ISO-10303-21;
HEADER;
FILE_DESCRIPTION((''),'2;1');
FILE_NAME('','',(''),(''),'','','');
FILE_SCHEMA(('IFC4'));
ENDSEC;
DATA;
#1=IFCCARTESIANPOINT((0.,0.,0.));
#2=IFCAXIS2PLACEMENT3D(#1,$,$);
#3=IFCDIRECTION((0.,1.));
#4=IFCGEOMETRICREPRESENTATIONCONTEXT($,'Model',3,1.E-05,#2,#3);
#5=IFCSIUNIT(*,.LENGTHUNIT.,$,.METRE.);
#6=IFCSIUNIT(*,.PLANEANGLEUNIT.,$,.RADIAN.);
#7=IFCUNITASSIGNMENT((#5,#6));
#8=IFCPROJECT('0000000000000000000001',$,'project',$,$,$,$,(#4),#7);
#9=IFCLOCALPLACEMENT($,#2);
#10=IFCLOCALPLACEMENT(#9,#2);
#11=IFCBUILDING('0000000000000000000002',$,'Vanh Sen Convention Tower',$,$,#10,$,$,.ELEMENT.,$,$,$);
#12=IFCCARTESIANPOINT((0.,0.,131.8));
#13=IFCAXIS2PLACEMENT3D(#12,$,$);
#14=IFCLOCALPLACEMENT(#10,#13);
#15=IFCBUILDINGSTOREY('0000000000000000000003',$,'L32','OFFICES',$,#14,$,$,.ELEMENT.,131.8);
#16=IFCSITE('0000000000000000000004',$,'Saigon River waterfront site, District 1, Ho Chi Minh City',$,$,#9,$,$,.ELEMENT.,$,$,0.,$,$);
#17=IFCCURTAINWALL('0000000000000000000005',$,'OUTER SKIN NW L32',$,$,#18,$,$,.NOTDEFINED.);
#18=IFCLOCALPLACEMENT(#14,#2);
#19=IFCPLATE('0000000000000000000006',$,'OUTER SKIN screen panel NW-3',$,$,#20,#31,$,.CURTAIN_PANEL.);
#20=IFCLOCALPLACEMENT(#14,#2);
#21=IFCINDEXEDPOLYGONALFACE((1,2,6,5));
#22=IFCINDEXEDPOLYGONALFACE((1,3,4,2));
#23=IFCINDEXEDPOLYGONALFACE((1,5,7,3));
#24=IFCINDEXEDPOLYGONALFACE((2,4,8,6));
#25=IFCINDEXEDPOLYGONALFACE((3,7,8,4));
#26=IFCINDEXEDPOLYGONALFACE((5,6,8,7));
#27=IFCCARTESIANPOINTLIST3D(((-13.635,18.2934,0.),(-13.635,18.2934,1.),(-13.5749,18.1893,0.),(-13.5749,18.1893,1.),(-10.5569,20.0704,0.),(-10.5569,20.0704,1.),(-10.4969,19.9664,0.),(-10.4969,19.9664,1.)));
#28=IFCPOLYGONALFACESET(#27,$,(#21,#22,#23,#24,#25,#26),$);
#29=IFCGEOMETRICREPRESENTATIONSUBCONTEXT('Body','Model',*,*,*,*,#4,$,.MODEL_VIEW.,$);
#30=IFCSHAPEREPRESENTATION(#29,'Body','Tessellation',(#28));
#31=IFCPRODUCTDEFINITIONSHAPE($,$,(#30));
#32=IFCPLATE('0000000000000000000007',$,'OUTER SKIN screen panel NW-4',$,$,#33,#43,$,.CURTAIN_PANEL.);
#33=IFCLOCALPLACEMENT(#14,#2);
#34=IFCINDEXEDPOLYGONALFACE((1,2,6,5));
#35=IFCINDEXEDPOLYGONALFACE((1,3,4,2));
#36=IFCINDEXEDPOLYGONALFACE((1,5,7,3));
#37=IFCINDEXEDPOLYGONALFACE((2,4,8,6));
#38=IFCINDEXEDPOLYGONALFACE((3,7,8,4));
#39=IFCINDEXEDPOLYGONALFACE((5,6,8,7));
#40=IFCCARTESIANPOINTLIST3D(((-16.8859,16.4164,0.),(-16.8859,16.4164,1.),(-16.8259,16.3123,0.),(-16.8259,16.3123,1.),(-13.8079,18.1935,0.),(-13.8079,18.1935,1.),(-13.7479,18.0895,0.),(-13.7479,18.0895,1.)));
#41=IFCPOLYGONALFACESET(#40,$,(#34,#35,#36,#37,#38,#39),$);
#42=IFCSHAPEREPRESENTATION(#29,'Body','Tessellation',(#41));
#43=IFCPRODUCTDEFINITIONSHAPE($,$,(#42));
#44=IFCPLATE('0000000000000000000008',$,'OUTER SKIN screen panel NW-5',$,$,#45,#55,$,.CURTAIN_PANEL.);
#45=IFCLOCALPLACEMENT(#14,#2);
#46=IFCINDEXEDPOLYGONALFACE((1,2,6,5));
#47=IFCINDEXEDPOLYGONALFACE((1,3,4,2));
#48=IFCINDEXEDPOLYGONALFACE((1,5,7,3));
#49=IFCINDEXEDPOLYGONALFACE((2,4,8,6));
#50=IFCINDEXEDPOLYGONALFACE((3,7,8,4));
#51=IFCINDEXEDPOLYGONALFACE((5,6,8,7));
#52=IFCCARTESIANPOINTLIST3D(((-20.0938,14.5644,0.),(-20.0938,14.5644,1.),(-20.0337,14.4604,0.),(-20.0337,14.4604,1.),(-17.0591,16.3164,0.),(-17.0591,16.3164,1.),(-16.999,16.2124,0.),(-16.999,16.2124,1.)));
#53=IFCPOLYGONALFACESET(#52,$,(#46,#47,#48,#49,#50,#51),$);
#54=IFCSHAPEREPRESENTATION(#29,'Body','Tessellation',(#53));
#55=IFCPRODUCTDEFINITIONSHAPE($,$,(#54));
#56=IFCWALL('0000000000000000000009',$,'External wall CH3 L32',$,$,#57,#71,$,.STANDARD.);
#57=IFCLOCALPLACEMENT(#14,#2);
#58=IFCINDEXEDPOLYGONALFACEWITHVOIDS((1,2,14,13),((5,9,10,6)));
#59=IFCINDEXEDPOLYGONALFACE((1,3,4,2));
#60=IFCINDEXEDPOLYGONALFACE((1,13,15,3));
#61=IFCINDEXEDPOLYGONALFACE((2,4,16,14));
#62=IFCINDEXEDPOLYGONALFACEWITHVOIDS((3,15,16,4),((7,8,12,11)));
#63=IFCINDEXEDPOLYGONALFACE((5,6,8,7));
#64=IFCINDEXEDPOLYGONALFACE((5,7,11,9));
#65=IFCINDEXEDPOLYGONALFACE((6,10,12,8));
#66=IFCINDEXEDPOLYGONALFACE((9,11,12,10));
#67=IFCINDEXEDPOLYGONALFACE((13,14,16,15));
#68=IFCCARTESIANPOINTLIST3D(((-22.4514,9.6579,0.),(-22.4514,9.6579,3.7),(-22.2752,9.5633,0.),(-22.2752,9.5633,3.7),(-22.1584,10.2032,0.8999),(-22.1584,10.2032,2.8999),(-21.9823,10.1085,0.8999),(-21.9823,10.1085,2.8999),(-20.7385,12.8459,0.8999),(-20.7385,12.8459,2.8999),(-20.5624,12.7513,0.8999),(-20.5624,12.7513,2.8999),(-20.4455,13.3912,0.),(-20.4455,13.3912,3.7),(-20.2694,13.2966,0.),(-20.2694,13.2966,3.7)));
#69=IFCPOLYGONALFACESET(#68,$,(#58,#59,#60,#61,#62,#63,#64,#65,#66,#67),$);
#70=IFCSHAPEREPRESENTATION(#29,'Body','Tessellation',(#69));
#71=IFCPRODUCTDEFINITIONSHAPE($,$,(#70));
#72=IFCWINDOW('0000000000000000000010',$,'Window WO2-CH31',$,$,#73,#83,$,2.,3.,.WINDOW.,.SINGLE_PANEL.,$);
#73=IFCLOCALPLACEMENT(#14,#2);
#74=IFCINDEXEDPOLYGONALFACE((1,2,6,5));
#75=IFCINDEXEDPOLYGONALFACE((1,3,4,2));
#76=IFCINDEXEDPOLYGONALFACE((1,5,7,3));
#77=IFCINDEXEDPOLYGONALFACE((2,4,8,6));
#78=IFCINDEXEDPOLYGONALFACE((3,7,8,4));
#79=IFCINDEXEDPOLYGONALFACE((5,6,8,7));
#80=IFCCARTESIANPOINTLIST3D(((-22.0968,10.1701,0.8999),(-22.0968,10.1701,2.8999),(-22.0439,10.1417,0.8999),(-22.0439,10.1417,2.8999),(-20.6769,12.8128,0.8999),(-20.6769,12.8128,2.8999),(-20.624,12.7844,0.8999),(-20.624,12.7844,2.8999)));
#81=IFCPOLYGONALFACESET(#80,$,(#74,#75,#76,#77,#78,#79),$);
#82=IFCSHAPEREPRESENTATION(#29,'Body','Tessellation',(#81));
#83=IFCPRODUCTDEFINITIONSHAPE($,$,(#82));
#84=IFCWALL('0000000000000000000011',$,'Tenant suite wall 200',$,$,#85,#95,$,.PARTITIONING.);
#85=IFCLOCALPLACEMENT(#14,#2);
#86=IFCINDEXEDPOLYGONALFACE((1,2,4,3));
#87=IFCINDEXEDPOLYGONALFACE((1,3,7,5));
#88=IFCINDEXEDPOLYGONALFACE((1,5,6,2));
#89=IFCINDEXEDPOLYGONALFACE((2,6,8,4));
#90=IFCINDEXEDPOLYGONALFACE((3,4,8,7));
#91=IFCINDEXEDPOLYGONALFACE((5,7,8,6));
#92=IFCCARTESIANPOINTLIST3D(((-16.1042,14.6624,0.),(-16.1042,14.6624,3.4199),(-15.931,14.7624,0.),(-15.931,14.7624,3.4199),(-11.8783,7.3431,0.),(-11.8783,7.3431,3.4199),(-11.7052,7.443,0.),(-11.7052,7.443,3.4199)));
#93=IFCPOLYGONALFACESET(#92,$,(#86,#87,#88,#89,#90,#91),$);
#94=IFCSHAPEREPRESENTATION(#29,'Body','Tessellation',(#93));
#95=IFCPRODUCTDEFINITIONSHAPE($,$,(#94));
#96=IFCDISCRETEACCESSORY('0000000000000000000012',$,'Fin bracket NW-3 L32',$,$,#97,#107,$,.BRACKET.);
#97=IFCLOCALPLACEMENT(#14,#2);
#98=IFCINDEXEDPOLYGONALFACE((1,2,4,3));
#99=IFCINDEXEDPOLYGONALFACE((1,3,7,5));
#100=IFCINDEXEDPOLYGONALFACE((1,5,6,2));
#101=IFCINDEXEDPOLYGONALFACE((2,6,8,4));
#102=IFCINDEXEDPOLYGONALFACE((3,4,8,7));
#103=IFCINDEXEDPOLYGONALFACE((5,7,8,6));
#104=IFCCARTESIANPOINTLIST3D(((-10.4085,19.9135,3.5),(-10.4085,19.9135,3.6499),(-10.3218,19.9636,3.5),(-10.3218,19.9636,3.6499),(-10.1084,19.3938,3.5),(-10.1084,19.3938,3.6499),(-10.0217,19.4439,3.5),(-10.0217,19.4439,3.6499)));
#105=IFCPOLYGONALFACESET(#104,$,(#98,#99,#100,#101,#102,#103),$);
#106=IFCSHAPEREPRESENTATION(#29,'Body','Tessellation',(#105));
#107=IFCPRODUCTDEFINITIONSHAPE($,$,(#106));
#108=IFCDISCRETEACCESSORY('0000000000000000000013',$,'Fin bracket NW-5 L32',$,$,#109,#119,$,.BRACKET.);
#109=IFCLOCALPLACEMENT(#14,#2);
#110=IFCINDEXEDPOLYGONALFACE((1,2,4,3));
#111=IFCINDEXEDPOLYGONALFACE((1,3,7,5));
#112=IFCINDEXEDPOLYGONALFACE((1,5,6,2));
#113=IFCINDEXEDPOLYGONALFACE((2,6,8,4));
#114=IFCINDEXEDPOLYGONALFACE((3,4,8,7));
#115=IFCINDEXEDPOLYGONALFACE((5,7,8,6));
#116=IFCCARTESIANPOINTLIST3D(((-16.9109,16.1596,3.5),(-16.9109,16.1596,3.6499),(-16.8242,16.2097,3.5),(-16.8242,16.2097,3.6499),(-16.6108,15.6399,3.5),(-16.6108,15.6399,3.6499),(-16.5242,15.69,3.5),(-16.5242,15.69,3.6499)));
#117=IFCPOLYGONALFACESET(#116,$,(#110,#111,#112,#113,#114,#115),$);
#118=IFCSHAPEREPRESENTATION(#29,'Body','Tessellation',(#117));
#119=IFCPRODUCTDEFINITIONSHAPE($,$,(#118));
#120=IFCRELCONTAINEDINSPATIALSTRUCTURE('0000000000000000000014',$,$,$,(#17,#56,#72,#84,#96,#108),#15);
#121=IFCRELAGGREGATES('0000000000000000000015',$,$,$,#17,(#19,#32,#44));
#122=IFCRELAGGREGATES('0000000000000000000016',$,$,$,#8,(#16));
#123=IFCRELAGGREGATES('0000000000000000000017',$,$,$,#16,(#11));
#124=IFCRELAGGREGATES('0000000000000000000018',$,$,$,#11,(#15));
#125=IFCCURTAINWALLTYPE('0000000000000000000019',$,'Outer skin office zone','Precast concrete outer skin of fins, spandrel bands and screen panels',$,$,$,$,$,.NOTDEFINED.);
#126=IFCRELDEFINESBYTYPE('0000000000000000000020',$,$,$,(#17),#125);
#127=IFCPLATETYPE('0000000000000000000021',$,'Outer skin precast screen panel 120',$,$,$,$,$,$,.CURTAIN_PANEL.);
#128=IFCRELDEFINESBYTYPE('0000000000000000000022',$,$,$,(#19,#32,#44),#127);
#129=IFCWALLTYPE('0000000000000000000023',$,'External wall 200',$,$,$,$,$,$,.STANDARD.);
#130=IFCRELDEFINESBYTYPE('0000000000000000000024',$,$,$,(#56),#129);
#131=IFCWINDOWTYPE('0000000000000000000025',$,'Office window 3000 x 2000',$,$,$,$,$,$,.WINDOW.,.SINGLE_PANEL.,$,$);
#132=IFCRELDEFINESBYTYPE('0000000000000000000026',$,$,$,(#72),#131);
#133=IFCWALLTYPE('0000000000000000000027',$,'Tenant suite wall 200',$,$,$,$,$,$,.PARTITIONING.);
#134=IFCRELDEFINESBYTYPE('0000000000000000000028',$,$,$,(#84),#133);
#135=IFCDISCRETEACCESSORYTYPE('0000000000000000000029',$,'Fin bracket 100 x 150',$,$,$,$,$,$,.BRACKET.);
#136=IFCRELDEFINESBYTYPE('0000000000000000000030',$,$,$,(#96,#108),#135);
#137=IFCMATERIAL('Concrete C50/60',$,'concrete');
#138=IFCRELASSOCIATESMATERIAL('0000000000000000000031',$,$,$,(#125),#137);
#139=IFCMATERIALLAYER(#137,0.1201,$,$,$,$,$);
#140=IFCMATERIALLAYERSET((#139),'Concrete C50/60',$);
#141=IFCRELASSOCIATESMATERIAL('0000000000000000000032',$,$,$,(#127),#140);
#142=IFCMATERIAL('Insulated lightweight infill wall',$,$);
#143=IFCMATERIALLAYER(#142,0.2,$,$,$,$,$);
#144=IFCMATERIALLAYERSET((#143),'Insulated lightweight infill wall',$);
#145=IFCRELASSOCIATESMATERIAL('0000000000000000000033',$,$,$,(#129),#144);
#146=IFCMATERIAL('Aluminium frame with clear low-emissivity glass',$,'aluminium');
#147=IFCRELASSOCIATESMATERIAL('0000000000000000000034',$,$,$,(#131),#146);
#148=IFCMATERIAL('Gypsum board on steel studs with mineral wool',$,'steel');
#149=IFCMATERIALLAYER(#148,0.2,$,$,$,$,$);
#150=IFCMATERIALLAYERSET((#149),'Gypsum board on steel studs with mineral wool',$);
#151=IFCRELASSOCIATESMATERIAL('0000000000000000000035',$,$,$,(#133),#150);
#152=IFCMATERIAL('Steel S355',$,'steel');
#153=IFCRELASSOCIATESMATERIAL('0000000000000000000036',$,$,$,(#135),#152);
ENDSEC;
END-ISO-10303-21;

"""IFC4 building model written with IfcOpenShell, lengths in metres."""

from ifc_helpers import new_model, si_unit, direction, frame, frame_2d, origin, origin_2d, place, context, subcontext, project, spatial, rectangle, extrude, material, layer, layer_set, type_object, element, fill, aggregate, save


model = new_model("IFC4")

# Units and contexts
model_context = context("Model", 3, precision=1e-05, world=origin(), true_north=direction((0.0, 1.0)))
body_context = subcontext(model_context, "Body", "Model", "MODEL_VIEW")
ifc_project = project(units=[si_unit("LENGTHUNIT", "METRE"), si_unit("PLANEANGLEUNIT", "RADIAN")], contexts=[model_context])

# Site, building, storey
site_placement = place(None, origin())
site = spatial("IfcSite", under=ifc_project, at=site_placement, Name="Saigon River waterfront site, District 1, Ho Chi Minh City", CompositionType="ELEMENT", RefElevation=0.0)
building_placement = place(site_placement, origin())
building = spatial("IfcBuilding", under=site, at=building_placement, Name="Vanh Sen Convention Tower", CompositionType="ELEMENT")
storey_placement = place(building_placement, frame((0.0, 0.0, 131.8)))
storey = spatial("IfcBuildingStorey", under=building, at=storey_placement, Name="L32", Description="OFFICES", CompositionType="ELEMENT", Elevation=131.8)

# Curtain wall
ifc_material_1 = material(Name="Concrete C50/60", Category="concrete")
curtain_wall_type = type_object("IfcCurtainWallType", Name="Outer skin office zone", Description="Precast concrete outer skin of fins, spandrel bands and screen panels", PredefinedType="NOTDEFINED", material=ifc_material_1)
curtain_wall_1_placement = place(storey_placement, origin())
curtain_wall_1 = element("IfcCurtainWall", 1, at=curtain_wall_1_placement, inside=storey, type_object=curtain_wall_type, Name="OUTER SKIN NW L32", PredefinedType="NOTDEFINED")

# Plates
ifc_layer_1 = layer(ifc_material_1, 0.1201)
ifc_layer_set_1 = layer_set([ifc_layer_1], Name="Concrete C50/60")
plate_type = type_object("IfcPlateType", Name="Outer skin precast screen panel 120", PredefinedType="CURTAIN_PANEL", material=ifc_layer_set_1)
plate_1_placement = place(storey_placement, frame((-12.0659, 19.1299, 0.0), z_axis=(0.0, 0.0, 1.0), x_axis=(-0.866035, -0.499983, 0.0)))
plate_1 = element("IfcPlate", 2, at=plate_1_placement, type_object=plate_type, Name="OUTER SKIN screen panel NW-3", PredefinedType="CURTAIN_PANEL", context=body_context, shape_type="SweptSolid", body=[
    extrude(rectangle(XDim=3.5542, YDim=0.1201, at=origin_2d()), origin(), (0.0, 0.0, 1.0), 1.0),
])
plate_2_placement = place(storey_placement, frame((-15.3169, 17.2529, 0.0), z_axis=(0.0, 0.0, 1.0), x_axis=(-0.866017, -0.500015, 0.0)))
plate_2 = element("IfcPlate", 3, at=plate_2_placement, type_object=plate_type, Name="OUTER SKIN screen panel NW-4", PredefinedType="CURTAIN_PANEL", context=body_context, shape_type="SweptSolid", body=[
    extrude(rectangle(XDim=3.5542, YDim=0.1201, at=origin_2d()), origin(), (0.0, 0.0, 1.0), 1.0),
])
plate_3_placement = place(storey_placement, frame((-18.5464, 15.3884, 0.0), z_axis=(0.0, 0.0, 1.0), x_axis=(-0.866035, -0.499983, 0.0)))
plate_3 = element("IfcPlate", 4, at=plate_3_placement, type_object=plate_type, Name="OUTER SKIN screen panel NW-5", PredefinedType="CURTAIN_PANEL", context=body_context, shape_type="SweptSolid", body=[
    extrude(rectangle(XDim=3.5042, YDim=0.1201, at=origin_2d()), origin(), (0.0, 0.0, 1.0), 1.0),
])
aggregate(curtain_wall_1, [plate_1, plate_2, plate_3])

# Wall, opening, window
ifc_material_2 = material(Name="Insulated lightweight infill wall")
ifc_layer_2 = layer(ifc_material_2, 0.2)
ifc_layer_set_2 = layer_set([ifc_layer_2], Name="Insulated lightweight infill wall")
wall_type_1 = type_object("IfcWallType", Name="External wall 200", PredefinedType="STANDARD", material=ifc_layer_set_2)
wall_1_placement = place(storey_placement, frame((-20.3574, 13.344, 0.0), z_axis=(0.0, 0.0, 1.0), x_axis=(-0.473289, -0.880907, 0.0)))
wall_1 = element("IfcWall", 5, at=wall_1_placement, inside=storey, type_object=wall_type_1, Name="External wall CH3 L32", PredefinedType="STANDARD", context=body_context, shape_type="SweptSolid", body=[
    extrude(rectangle(XDim=4.238, YDim=0.2, at=frame_2d((2.1191, 0.0))), origin(), (0.0, 0.0, 1.0), 3.7),
])
opening_placement = place(wall_1_placement, frame((0.6191, 0.0, 0.8999)))
opening = element("IfcOpeningElement", 6, at=opening_placement, cuts=wall_1, PredefinedType="OPENING", context=body_context, shape_type="SweptSolid", body=[
    extrude(rectangle(XDim=3.0, YDim=2.0, at=frame_2d((1.5, 1.0))), frame((0.0, 0.1099, 0.0), z_axis=(0.0, -1.0, 0.0), x_axis=(1.0, 0.0, 0.0)), (0.0, 0.0, 1.0), 0.22),
])
ifc_material_3 = material(Name="Aluminium frame with clear low-emissivity glass", Category="aluminium")
window_type = type_object("IfcWindowType", Name="Office window 3000 x 2000", PartitioningType="SINGLE_PANEL", PredefinedType="WINDOW", material=ifc_material_3)
window_placement = place(opening_placement, origin())
window = element("IfcWindow", 7, at=window_placement, inside=storey, type_object=window_type, Name="Window WO2-CH31", OverallHeight=2.0, OverallWidth=3.0, PartitioningType="SINGLE_PANEL", PredefinedType="WINDOW", context=body_context, shape_type="SweptSolid", body=[
    extrude(rectangle(XDim=3.0, YDim=2.0, at=frame_2d((1.5, 1.0))), frame((0.0, 0.03, 0.0), z_axis=(0.0, -1.0, 0.0), x_axis=(1.0, 0.0, 0.0)), (0.0, 0.0, 1.0), 0.0601),
])
fill(opening, window)

# Wall
ifc_material_4 = material(Name="Gypsum board on steel studs with mineral wool", Category="steel")
ifc_layer_3 = layer(ifc_material_4, 0.2)
ifc_layer_set_3 = layer_set([ifc_layer_3], Name="Gypsum board on steel studs with mineral wool")
wall_type_2 = type_object("IfcWallType", Name="Tenant suite wall 200", PredefinedType="PARTITIONING", material=ifc_layer_set_3)
wall_2_placement = place(storey_placement, frame((-16.0176, 14.7124, 0.0), z_axis=(0.0, 0.0, 1.0), x_axis=(0.500001, -0.866025, 0.0)))
element("IfcWall", 8, at=wall_2_placement, inside=storey, type_object=wall_type_2, Name="Tenant suite wall 200", PredefinedType="PARTITIONING", context=body_context, shape_type="SweptSolid", body=[
    extrude(rectangle(XDim=8.4517, YDim=0.2, at=frame_2d((4.2258, 0.0))), origin(), (0.0, 0.0, 1.0), 3.4199),
])

# Discrete accessories
ifc_material_5 = material(Name="Steel S355", Category="steel")
discrete_accessory_type = type_object("IfcDiscreteAccessoryType", Name="Fin bracket 100 x 150", PredefinedType="BRACKET", material=ifc_material_5)
for number, where, z_axis, x_axis, name in (
    (9, (-10.2151, 19.6787, 3.5), (0.0, 0.0, 1.0), (-0.5, 0.866025, 0.0), "Fin bracket NW-3 L32"),
    (10, (-16.7175, 15.9248, 3.5), (0.0, 0.0, 1.0), (-0.5, 0.866025, 0.0), "Fin bracket NW-5 L32"),
):
    element("IfcDiscreteAccessory", number, at=place(storey_placement, frame(where, z_axis=z_axis, x_axis=x_axis)), inside=storey, type_object=discrete_accessory_type, Name=name, PredefinedType="BRACKET", context=body_context, shape_type="SweptSolid", body=[
        extrude(rectangle(XDim=0.6001, YDim=0.1001, at=origin_2d()), origin(), (0.0, 0.0, 1.0), 0.1499),
    ])

save(model, "model.ifc")
